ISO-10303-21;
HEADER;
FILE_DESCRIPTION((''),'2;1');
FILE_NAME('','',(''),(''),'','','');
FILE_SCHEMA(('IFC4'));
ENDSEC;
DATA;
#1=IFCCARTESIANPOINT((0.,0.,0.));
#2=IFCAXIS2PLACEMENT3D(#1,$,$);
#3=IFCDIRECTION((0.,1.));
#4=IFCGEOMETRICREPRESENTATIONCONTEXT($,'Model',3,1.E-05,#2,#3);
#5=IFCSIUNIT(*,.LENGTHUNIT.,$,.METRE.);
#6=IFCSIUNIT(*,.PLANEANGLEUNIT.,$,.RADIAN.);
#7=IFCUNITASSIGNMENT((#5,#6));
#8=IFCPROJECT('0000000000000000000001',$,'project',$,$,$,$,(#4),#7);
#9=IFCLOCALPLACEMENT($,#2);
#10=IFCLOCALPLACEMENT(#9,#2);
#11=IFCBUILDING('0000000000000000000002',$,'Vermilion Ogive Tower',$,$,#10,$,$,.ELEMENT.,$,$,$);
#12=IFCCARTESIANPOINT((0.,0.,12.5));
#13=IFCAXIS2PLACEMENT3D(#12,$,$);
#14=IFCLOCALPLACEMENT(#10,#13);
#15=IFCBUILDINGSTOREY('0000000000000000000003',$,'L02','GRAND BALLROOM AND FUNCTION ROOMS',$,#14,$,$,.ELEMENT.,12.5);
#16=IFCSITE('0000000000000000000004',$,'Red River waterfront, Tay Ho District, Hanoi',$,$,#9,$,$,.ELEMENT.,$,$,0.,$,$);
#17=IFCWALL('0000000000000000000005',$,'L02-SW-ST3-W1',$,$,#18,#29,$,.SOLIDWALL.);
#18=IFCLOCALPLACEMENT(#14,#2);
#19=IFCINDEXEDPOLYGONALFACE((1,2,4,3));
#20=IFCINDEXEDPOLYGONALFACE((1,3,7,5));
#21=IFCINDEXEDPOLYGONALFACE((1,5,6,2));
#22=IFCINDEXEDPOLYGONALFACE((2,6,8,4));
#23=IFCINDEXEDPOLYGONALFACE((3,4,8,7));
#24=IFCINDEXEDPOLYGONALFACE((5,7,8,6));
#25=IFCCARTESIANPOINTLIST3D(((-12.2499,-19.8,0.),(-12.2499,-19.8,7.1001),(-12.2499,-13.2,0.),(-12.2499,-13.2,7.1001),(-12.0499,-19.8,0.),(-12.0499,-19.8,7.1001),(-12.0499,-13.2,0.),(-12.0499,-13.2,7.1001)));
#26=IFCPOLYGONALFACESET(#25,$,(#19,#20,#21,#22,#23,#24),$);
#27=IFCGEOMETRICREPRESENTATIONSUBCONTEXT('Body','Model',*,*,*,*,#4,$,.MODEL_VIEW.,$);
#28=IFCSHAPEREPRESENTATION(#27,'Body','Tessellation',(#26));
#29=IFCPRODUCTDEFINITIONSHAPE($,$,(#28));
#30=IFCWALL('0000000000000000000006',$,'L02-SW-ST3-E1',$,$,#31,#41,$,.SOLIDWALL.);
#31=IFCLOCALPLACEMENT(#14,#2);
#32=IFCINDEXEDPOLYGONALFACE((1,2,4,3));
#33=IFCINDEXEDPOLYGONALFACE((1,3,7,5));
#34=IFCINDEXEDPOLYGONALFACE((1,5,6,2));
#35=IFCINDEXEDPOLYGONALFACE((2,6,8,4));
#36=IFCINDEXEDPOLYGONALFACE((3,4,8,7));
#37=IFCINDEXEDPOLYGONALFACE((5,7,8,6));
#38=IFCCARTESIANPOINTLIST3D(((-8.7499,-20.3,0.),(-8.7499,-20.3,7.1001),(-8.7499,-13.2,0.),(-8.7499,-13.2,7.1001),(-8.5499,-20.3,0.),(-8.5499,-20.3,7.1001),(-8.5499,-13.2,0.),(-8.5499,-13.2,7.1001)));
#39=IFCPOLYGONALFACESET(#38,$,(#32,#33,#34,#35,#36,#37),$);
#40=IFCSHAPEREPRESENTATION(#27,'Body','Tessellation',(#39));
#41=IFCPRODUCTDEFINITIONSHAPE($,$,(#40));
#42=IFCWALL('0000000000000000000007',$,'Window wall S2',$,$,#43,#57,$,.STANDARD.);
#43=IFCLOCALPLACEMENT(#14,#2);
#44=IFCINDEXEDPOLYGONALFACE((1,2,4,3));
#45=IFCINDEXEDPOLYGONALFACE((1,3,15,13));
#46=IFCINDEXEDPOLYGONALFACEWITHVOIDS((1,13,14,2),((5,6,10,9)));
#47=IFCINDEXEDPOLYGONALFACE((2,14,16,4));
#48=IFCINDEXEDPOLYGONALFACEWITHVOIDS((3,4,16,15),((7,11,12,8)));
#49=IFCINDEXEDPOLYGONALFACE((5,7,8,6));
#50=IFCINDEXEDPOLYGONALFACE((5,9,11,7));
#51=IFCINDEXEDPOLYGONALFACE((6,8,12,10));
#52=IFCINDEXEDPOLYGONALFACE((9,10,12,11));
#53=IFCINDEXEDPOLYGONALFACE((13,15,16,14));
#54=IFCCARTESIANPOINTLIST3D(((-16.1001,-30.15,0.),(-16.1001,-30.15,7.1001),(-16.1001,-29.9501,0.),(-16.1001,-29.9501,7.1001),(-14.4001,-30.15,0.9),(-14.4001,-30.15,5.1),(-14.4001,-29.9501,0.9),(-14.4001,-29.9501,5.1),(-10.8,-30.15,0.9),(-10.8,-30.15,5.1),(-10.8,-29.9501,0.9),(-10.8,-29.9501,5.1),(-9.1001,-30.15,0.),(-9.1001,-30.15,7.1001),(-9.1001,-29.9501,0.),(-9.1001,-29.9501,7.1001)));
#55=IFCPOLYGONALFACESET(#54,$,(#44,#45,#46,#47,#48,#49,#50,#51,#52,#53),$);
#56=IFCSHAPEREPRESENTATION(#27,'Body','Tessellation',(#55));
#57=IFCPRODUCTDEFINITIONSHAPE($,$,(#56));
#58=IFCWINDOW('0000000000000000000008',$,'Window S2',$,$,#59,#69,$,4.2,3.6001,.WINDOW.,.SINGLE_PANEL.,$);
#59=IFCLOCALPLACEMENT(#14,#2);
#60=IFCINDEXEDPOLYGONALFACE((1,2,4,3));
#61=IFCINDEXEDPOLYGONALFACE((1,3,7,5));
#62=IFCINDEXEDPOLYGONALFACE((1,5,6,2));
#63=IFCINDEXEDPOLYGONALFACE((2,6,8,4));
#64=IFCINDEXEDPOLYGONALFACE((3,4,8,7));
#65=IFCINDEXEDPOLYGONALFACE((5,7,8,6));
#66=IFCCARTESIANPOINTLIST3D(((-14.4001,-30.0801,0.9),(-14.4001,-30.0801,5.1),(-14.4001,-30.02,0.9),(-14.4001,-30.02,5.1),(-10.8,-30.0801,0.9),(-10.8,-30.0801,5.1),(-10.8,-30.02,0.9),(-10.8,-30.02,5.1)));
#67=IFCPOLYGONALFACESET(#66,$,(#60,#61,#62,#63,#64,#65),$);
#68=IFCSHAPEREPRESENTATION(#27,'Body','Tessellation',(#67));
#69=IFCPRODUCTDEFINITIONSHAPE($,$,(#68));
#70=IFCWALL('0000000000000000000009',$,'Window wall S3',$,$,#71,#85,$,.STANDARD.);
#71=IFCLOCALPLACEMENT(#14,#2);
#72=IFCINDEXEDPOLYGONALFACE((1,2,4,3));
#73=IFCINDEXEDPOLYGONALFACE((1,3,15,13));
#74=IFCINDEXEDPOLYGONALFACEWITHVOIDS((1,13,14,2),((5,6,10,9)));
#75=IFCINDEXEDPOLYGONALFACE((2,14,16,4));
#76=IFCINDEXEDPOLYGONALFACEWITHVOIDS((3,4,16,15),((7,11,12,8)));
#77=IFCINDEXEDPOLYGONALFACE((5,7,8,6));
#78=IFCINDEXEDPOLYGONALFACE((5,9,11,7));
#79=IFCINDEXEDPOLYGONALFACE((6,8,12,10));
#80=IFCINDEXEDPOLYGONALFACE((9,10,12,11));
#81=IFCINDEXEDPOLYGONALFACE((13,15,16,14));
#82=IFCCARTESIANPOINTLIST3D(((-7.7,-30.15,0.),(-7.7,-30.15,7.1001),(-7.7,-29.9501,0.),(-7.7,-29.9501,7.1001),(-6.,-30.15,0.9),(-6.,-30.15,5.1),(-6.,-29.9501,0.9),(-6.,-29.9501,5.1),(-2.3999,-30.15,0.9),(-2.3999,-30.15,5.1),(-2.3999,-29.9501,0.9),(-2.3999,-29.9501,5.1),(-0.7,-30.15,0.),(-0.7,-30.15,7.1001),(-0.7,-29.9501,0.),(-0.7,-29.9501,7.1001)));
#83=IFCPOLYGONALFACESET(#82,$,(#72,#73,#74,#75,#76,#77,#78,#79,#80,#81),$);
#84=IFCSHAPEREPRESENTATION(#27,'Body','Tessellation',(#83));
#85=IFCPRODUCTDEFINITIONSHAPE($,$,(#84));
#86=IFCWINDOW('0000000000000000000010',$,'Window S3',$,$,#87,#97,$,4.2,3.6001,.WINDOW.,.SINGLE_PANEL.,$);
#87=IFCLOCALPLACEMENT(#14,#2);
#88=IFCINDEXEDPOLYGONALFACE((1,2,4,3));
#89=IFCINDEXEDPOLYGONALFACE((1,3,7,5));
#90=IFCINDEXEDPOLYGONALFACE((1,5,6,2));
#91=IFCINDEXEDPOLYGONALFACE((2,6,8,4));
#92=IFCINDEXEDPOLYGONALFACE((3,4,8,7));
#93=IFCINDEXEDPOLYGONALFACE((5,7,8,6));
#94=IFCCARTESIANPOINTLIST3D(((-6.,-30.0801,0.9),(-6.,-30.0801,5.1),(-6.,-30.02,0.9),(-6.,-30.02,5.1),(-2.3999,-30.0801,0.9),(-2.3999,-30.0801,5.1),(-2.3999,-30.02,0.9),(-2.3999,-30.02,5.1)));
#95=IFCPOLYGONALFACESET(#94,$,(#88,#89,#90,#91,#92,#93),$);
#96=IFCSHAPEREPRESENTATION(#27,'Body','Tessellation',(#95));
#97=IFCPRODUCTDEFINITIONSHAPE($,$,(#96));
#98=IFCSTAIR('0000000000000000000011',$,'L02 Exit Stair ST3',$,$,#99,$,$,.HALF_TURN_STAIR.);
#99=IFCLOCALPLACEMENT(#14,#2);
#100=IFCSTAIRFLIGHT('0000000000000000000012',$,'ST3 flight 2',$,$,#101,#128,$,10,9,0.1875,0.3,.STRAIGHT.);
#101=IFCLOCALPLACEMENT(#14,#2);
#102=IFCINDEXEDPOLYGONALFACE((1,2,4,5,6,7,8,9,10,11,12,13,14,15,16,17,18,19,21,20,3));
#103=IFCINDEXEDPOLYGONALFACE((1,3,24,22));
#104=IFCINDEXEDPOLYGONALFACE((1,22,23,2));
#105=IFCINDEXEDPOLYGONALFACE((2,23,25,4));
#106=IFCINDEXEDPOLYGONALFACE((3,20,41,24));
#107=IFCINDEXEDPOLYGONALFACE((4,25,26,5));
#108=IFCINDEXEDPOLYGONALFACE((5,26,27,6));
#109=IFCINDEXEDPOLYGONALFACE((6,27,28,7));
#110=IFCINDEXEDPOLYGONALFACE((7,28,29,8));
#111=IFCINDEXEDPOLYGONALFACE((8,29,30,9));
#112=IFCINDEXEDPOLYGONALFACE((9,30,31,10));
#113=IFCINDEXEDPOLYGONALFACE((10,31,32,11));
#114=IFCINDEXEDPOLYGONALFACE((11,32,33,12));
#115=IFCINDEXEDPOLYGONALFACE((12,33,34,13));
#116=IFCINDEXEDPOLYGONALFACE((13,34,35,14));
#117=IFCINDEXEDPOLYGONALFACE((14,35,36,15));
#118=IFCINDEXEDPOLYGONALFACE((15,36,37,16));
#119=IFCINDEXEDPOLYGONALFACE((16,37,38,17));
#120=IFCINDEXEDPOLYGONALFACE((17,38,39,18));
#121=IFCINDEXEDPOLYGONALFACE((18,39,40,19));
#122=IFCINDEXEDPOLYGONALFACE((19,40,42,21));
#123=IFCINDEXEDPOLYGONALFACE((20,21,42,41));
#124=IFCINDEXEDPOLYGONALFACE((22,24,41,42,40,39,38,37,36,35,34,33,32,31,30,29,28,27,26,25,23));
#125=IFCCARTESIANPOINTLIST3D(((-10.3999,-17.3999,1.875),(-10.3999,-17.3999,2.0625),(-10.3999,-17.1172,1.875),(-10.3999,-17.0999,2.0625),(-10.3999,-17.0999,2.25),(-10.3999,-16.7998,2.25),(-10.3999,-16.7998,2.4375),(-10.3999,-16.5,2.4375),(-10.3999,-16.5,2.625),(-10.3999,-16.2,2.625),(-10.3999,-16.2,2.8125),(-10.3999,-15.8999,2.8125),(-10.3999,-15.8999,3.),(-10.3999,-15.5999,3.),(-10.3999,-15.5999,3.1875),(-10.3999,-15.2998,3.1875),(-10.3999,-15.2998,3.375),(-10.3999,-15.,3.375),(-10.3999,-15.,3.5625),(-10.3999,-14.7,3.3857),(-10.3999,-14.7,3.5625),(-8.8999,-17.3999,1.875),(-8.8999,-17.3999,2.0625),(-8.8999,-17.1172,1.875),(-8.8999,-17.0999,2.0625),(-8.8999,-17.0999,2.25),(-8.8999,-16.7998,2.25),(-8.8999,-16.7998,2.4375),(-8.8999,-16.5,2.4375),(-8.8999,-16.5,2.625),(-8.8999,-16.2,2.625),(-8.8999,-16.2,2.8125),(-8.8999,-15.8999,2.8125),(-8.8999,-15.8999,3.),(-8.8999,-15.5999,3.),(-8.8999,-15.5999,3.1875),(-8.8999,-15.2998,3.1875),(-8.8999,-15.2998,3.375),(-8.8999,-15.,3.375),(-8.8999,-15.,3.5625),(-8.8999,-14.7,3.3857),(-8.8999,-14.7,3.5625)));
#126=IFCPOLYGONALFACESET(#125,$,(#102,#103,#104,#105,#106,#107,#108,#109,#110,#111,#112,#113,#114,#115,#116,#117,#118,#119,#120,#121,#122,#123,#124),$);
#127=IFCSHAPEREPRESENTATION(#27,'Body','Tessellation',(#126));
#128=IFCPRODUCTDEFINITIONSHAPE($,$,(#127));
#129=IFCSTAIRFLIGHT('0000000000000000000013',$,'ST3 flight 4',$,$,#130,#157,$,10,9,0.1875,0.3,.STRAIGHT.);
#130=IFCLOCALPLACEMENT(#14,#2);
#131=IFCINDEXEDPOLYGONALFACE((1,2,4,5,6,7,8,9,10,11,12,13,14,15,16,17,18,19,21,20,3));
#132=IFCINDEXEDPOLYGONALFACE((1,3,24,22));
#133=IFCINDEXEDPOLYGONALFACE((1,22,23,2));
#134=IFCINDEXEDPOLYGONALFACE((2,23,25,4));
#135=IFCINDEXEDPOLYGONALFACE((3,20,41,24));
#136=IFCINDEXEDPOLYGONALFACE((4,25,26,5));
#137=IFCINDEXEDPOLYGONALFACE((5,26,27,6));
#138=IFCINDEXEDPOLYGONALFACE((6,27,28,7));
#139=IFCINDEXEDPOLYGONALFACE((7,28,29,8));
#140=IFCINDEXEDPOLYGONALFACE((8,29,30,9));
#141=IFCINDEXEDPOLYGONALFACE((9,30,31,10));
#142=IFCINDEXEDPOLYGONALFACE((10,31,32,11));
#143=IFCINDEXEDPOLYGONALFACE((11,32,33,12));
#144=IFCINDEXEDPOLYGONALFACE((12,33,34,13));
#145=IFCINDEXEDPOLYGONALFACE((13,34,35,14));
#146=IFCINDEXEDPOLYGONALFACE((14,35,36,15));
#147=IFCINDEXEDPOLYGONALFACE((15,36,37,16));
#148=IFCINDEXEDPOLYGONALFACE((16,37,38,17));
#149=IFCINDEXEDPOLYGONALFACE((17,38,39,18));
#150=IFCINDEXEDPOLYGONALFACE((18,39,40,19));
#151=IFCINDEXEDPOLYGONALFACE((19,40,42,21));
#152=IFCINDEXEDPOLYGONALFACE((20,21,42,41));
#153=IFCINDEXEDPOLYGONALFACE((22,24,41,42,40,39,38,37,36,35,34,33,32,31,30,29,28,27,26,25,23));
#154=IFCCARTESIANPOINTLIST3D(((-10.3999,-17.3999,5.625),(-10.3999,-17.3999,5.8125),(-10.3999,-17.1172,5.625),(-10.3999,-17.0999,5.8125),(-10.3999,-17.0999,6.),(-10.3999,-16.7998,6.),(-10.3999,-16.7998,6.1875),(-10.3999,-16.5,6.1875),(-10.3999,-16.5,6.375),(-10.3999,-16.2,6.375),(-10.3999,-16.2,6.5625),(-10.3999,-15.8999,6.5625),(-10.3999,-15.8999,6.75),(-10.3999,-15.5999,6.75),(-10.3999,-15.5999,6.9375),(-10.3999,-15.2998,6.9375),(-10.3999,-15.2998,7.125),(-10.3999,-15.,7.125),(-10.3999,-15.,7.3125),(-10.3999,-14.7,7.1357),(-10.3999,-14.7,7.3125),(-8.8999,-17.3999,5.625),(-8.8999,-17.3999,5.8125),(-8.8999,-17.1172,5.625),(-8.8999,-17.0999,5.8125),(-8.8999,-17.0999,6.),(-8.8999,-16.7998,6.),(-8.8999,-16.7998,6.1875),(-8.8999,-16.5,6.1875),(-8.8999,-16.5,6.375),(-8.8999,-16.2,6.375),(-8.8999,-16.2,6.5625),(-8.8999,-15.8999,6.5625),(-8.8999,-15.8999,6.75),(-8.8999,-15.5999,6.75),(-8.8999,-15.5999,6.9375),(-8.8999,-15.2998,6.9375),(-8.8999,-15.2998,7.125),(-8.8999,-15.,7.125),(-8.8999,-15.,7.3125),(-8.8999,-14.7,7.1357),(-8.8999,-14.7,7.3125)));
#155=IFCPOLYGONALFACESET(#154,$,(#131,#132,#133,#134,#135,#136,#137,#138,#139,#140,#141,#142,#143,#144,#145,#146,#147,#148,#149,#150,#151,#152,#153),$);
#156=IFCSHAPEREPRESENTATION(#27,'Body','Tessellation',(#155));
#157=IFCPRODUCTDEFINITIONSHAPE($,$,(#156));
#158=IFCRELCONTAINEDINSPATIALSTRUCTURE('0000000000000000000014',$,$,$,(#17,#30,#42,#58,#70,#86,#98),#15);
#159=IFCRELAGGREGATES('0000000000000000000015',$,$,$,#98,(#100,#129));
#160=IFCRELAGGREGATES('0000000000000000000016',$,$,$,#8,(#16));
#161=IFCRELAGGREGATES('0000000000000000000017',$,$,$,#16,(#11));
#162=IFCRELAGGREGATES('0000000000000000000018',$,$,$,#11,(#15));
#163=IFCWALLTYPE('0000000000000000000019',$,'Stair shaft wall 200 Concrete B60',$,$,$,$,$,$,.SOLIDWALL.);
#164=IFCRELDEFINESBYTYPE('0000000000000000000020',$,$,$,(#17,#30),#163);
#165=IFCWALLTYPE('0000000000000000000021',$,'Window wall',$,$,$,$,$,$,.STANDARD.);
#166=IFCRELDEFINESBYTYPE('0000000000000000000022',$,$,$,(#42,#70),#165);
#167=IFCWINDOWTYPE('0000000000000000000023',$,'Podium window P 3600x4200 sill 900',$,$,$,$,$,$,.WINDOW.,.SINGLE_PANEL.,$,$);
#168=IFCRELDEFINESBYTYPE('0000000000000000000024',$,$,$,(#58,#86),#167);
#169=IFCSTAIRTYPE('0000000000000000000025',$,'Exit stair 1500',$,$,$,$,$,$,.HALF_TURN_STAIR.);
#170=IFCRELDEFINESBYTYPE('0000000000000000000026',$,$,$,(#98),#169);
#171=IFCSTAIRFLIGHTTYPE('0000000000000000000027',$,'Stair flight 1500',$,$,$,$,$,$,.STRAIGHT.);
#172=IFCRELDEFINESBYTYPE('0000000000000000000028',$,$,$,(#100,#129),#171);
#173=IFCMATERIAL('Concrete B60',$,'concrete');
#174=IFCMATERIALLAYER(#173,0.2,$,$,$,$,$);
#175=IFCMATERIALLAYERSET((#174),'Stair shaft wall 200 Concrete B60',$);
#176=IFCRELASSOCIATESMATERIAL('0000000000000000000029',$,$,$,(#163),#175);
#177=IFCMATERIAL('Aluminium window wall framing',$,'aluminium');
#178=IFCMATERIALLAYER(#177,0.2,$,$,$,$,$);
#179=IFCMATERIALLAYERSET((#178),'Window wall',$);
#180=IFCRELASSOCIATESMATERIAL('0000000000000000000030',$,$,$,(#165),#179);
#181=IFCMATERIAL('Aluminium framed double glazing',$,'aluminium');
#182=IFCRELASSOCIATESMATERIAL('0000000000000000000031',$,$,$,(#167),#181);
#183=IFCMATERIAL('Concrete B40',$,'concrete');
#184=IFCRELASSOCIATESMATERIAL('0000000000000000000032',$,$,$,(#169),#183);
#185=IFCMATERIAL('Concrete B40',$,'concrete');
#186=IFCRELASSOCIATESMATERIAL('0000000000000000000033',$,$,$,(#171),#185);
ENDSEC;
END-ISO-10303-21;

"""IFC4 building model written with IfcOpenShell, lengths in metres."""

from ifc_helpers import new_model, si_unit, direction, frame, frame_2d, origin, place, context, subcontext, project, spatial, polyline, rectangle, outline, extrude, material, layer, layer_set, type_object, element, fill, aggregate, save


model = new_model("IFC4")

# Units and contexts
model_context = context("Model", 3, precision=1e-05, world=origin(), true_north=direction((0.0, 1.0)))
body_context = subcontext(model_context, "Body", "Model", "MODEL_VIEW")
ifc_project = project(units=[si_unit("LENGTHUNIT", "METRE"), si_unit("PLANEANGLEUNIT", "RADIAN")], contexts=[model_context])

# Site, building, storey
site_placement = place(None, origin())
site = spatial("IfcSite", under=ifc_project, at=site_placement, Name="Red River waterfront, Tay Ho District, Hanoi", CompositionType="ELEMENT", RefElevation=0.0)
building_placement = place(site_placement, origin())
building = spatial("IfcBuilding", under=site, at=building_placement, Name="Vermilion Ogive Tower", CompositionType="ELEMENT")
storey_placement = place(building_placement, frame((0.0, 0.0, 12.5)))
storey = spatial("IfcBuildingStorey", under=building, at=storey_placement, Name="L02", Description="GRAND BALLROOM AND FUNCTION ROOMS", CompositionType="ELEMENT", Elevation=12.5)

# Walls
ifc_material_1 = material(Name="Concrete B60", Category="concrete")
ifc_layer_1 = layer(ifc_material_1, 0.2)
ifc_layer_set_1 = layer_set([ifc_layer_1], Name="Stair shaft wall 200 Concrete B60")
wall_type_1 = type_object("IfcWallType", Name="Stair shaft wall 200 Concrete B60", PredefinedType="SOLIDWALL", material=ifc_layer_set_1)
wall_1_placement = place(storey_placement, frame((-12.1499, -19.8, 0.0), z_axis=(0.0, 0.0, 1.0), x_axis=(0.0, 1.0, 0.0)))
element("IfcWall", 1, at=wall_1_placement, inside=storey, type_object=wall_type_1, Name="L02-SW-ST3-W1", PredefinedType="SOLIDWALL", context=body_context, shape_type="SweptSolid", body=[
    extrude(rectangle(XDim=6.6001, YDim=0.2, at=frame_2d((3.3, 0.0))), origin(), (0.0, 0.0, 1.0), 7.1001),
])
wall_2_placement = place(storey_placement, frame((-8.6499, -20.3, 0.0), z_axis=(0.0, 0.0, 1.0), x_axis=(0.0, 1.0, 0.0)))
element("IfcWall", 2, at=wall_2_placement, inside=storey, type_object=wall_type_1, Name="L02-SW-ST3-E1", PredefinedType="SOLIDWALL", context=body_context, shape_type="SweptSolid", body=[
    extrude(rectangle(XDim=7.1001, YDim=0.2, at=frame_2d((3.55, 0.0))), origin(), (0.0, 0.0, 1.0), 7.1001),
])

# Walls, openings, windows
ifc_material_2 = material(Name="Aluminium window wall framing", Category="aluminium")
ifc_layer_2 = layer(ifc_material_2, 0.2)
ifc_layer_set_2 = layer_set([ifc_layer_2], Name="Window wall")
wall_type_2 = type_object("IfcWallType", Name="Window wall", PredefinedType="STANDARD", material=ifc_layer_set_2)
wall_3_placement = place(storey_placement, frame((-16.1001, -30.05, 0.0), z_axis=(0.0, 0.0, 1.0), x_axis=(1.0, 0.0, 0.0)))
wall_3 = element("IfcWall", 3, at=wall_3_placement, inside=storey, type_object=wall_type_2, Name="Window wall S2", PredefinedType="STANDARD", context=body_context, shape_type="SweptSolid", body=[
    extrude(rectangle(XDim=7.0, YDim=0.2, at=frame_2d((3.5, 0.0))), origin(), (0.0, 0.0, 1.0), 7.1001),
])
opening_1_placement = place(wall_3_placement, frame((1.7, 0.0, 0.8999)))
opening_1 = element("IfcOpeningElement", 4, at=opening_1_placement, cuts=wall_3, PredefinedType="OPENING", context=body_context, shape_type="SweptSolid", body=[
    extrude(rectangle(XDim=3.6001, YDim=4.2, at=frame_2d((1.8, 2.1001))), frame((0.0, 0.1099, 0.0), z_axis=(0.0, -1.0, 0.0), x_axis=(1.0, 0.0, 0.0)), (0.0, 0.0, 1.0), 0.22),
])
ifc_material_3 = material(Name="Aluminium framed double glazing", Category="aluminium")
window_type = type_object("IfcWindowType", Name="Podium window P 3600x4200 sill 900", PartitioningType="SINGLE_PANEL", PredefinedType="WINDOW", material=ifc_material_3)
window_1_placement = place(opening_1_placement, origin())
window_1 = element("IfcWindow", 5, at=window_1_placement, inside=storey, type_object=window_type, Name="Window S2", OverallHeight=4.2, OverallWidth=3.6001, PartitioningType="SINGLE_PANEL", PredefinedType="WINDOW", context=body_context, shape_type="SweptSolid", body=[
    extrude(rectangle(XDim=3.6001, YDim=4.2, at=frame_2d((1.8, 2.1001))), frame((0.0, 0.03, 0.0), z_axis=(0.0, -1.0, 0.0), x_axis=(1.0, 0.0, 0.0)), (0.0, 0.0, 1.0), 0.0601),
])
fill(opening_1, window_1)
wall_4_placement = place(storey_placement, frame((-7.7, -30.05, 0.0), z_axis=(0.0, 0.0, 1.0), x_axis=(1.0, 0.0, 0.0)))
wall_4 = element("IfcWall", 6, at=wall_4_placement, inside=storey, type_object=wall_type_2, Name="Window wall S3", PredefinedType="STANDARD", context=body_context, shape_type="SweptSolid", body=[
    extrude(rectangle(XDim=7.0, YDim=0.2, at=frame_2d((3.5, 0.0))), origin(), (0.0, 0.0, 1.0), 7.1001),
])
opening_2_placement = place(wall_4_placement, frame((1.7, 0.0, 0.8999)))
opening_2 = element("IfcOpeningElement", 7, at=opening_2_placement, cuts=wall_4, PredefinedType="OPENING", context=body_context, shape_type="SweptSolid", body=[
    extrude(rectangle(XDim=3.6001, YDim=4.2, at=frame_2d((1.8, 2.1001))), frame((0.0, 0.1099, 0.0), z_axis=(0.0, -1.0, 0.0), x_axis=(1.0, 0.0, 0.0)), (0.0, 0.0, 1.0), 0.22),
])
window_2_placement = place(opening_2_placement, origin())
window_2 = element("IfcWindow", 8, at=window_2_placement, inside=storey, type_object=window_type, Name="Window S3", OverallHeight=4.2, OverallWidth=3.6001, PartitioningType="SINGLE_PANEL", PredefinedType="WINDOW", context=body_context, shape_type="SweptSolid", body=[
    extrude(rectangle(XDim=3.6001, YDim=4.2, at=frame_2d((1.8, 2.1001))), frame((0.0, 0.03, 0.0), z_axis=(0.0, -1.0, 0.0), x_axis=(1.0, 0.0, 0.0)), (0.0, 0.0, 1.0), 0.0601),
])
fill(opening_2, window_2)

# Stair, stair flights
ifc_material_4 = material(Name="Concrete B40", Category="concrete")
stair_type = type_object("IfcStairType", Name="Exit stair 1500", PredefinedType="HALF_TURN_STAIR", material=ifc_material_4)
stair_placement = place(storey_placement, origin())
stair = element("IfcStair", 9, at=stair_placement, inside=storey, type_object=stair_type, Name="L02 Exit Stair ST3", PredefinedType="HALF_TURN_STAIR")
ifc_material_5 = material(Name="Concrete B40", Category="concrete")
stair_flight_type = type_object("IfcStairFlightType", Name="Stair flight 1500", PredefinedType="STRAIGHT", material=ifc_material_5)
stair_flight_1_placement = place(storey_placement, frame((-9.6499, -17.3999, 1.875), z_axis=(0.0, 0.0, 1.0), x_axis=(0.0, 1.0, 0.0)))
stair_flight_1 = element("IfcStairFlight", 10, at=stair_flight_1_placement, type_object=stair_flight_type, Name="ST3 flight 2", NumberOfRisers=10, NumberOfTreads=9, PredefinedType="STRAIGHT", RiserHeight=0.1875, TreadLength=0.3, context=body_context, shape_type="SweptSolid", body=[
    extrude(outline(polyline([(0.0, 0.0), (0.0, 0.1875), (0.3, 0.1875), (0.3, 0.375), (0.6001, 0.375), (0.6001, 0.5625), (0.8999, 0.5625), (0.8999, 0.75), (1.2, 0.75), (1.2, 0.9375), (1.5, 0.9375), (1.5, 1.125), (1.8, 1.125), (1.8, 1.3125), (2.1001, 1.3125), (2.1001, 1.5), (2.3999, 1.5), (2.3999, 1.6875), (2.7, 1.6875), (2.7, 1.875), (2.7, 1.5107), (0.2827, 0.0), (0.0, 0.0)])), frame((0.0, 0.75, 0.0), z_axis=(0.0, -1.0, 0.0), x_axis=(1.0, 0.0, 0.0)), (0.0, 0.0, 1.0), 1.5),
])
stair_flight_2_placement = place(storey_placement, frame((-9.6499, -17.3999, 5.625), z_axis=(0.0, 0.0, 1.0), x_axis=(0.0, 1.0, 0.0)))
stair_flight_2 = element("IfcStairFlight", 11, at=stair_flight_2_placement, type_object=stair_flight_type, Name="ST3 flight 4", NumberOfRisers=10, NumberOfTreads=9, PredefinedType="STRAIGHT", RiserHeight=0.1875, TreadLength=0.3, context=body_context, shape_type="SweptSolid", body=[
    extrude(outline(polyline([(0.0, 0.0), (0.0, 0.1875), (0.3, 0.1875), (0.3, 0.375), (0.6001, 0.375), (0.6001, 0.5625), (0.8999, 0.5625), (0.8999, 0.75), (1.2, 0.75), (1.2, 0.9375), (1.5, 0.9375), (1.5, 1.125), (1.8, 1.125), (1.8, 1.3125), (2.1001, 1.3125), (2.1001, 1.5), (2.3999, 1.5), (2.3999, 1.6875), (2.7, 1.6875), (2.7, 1.875), (2.7, 1.5107), (0.2827, 0.0), (0.0, 0.0)])), frame((0.0, 0.75, 0.0), z_axis=(0.0, -1.0, 0.0), x_axis=(1.0, 0.0, 0.0)), (0.0, 0.0, 1.0), 1.5),
])
aggregate(stair, [stair_flight_1, stair_flight_2])

save(model, "model.ifc")
